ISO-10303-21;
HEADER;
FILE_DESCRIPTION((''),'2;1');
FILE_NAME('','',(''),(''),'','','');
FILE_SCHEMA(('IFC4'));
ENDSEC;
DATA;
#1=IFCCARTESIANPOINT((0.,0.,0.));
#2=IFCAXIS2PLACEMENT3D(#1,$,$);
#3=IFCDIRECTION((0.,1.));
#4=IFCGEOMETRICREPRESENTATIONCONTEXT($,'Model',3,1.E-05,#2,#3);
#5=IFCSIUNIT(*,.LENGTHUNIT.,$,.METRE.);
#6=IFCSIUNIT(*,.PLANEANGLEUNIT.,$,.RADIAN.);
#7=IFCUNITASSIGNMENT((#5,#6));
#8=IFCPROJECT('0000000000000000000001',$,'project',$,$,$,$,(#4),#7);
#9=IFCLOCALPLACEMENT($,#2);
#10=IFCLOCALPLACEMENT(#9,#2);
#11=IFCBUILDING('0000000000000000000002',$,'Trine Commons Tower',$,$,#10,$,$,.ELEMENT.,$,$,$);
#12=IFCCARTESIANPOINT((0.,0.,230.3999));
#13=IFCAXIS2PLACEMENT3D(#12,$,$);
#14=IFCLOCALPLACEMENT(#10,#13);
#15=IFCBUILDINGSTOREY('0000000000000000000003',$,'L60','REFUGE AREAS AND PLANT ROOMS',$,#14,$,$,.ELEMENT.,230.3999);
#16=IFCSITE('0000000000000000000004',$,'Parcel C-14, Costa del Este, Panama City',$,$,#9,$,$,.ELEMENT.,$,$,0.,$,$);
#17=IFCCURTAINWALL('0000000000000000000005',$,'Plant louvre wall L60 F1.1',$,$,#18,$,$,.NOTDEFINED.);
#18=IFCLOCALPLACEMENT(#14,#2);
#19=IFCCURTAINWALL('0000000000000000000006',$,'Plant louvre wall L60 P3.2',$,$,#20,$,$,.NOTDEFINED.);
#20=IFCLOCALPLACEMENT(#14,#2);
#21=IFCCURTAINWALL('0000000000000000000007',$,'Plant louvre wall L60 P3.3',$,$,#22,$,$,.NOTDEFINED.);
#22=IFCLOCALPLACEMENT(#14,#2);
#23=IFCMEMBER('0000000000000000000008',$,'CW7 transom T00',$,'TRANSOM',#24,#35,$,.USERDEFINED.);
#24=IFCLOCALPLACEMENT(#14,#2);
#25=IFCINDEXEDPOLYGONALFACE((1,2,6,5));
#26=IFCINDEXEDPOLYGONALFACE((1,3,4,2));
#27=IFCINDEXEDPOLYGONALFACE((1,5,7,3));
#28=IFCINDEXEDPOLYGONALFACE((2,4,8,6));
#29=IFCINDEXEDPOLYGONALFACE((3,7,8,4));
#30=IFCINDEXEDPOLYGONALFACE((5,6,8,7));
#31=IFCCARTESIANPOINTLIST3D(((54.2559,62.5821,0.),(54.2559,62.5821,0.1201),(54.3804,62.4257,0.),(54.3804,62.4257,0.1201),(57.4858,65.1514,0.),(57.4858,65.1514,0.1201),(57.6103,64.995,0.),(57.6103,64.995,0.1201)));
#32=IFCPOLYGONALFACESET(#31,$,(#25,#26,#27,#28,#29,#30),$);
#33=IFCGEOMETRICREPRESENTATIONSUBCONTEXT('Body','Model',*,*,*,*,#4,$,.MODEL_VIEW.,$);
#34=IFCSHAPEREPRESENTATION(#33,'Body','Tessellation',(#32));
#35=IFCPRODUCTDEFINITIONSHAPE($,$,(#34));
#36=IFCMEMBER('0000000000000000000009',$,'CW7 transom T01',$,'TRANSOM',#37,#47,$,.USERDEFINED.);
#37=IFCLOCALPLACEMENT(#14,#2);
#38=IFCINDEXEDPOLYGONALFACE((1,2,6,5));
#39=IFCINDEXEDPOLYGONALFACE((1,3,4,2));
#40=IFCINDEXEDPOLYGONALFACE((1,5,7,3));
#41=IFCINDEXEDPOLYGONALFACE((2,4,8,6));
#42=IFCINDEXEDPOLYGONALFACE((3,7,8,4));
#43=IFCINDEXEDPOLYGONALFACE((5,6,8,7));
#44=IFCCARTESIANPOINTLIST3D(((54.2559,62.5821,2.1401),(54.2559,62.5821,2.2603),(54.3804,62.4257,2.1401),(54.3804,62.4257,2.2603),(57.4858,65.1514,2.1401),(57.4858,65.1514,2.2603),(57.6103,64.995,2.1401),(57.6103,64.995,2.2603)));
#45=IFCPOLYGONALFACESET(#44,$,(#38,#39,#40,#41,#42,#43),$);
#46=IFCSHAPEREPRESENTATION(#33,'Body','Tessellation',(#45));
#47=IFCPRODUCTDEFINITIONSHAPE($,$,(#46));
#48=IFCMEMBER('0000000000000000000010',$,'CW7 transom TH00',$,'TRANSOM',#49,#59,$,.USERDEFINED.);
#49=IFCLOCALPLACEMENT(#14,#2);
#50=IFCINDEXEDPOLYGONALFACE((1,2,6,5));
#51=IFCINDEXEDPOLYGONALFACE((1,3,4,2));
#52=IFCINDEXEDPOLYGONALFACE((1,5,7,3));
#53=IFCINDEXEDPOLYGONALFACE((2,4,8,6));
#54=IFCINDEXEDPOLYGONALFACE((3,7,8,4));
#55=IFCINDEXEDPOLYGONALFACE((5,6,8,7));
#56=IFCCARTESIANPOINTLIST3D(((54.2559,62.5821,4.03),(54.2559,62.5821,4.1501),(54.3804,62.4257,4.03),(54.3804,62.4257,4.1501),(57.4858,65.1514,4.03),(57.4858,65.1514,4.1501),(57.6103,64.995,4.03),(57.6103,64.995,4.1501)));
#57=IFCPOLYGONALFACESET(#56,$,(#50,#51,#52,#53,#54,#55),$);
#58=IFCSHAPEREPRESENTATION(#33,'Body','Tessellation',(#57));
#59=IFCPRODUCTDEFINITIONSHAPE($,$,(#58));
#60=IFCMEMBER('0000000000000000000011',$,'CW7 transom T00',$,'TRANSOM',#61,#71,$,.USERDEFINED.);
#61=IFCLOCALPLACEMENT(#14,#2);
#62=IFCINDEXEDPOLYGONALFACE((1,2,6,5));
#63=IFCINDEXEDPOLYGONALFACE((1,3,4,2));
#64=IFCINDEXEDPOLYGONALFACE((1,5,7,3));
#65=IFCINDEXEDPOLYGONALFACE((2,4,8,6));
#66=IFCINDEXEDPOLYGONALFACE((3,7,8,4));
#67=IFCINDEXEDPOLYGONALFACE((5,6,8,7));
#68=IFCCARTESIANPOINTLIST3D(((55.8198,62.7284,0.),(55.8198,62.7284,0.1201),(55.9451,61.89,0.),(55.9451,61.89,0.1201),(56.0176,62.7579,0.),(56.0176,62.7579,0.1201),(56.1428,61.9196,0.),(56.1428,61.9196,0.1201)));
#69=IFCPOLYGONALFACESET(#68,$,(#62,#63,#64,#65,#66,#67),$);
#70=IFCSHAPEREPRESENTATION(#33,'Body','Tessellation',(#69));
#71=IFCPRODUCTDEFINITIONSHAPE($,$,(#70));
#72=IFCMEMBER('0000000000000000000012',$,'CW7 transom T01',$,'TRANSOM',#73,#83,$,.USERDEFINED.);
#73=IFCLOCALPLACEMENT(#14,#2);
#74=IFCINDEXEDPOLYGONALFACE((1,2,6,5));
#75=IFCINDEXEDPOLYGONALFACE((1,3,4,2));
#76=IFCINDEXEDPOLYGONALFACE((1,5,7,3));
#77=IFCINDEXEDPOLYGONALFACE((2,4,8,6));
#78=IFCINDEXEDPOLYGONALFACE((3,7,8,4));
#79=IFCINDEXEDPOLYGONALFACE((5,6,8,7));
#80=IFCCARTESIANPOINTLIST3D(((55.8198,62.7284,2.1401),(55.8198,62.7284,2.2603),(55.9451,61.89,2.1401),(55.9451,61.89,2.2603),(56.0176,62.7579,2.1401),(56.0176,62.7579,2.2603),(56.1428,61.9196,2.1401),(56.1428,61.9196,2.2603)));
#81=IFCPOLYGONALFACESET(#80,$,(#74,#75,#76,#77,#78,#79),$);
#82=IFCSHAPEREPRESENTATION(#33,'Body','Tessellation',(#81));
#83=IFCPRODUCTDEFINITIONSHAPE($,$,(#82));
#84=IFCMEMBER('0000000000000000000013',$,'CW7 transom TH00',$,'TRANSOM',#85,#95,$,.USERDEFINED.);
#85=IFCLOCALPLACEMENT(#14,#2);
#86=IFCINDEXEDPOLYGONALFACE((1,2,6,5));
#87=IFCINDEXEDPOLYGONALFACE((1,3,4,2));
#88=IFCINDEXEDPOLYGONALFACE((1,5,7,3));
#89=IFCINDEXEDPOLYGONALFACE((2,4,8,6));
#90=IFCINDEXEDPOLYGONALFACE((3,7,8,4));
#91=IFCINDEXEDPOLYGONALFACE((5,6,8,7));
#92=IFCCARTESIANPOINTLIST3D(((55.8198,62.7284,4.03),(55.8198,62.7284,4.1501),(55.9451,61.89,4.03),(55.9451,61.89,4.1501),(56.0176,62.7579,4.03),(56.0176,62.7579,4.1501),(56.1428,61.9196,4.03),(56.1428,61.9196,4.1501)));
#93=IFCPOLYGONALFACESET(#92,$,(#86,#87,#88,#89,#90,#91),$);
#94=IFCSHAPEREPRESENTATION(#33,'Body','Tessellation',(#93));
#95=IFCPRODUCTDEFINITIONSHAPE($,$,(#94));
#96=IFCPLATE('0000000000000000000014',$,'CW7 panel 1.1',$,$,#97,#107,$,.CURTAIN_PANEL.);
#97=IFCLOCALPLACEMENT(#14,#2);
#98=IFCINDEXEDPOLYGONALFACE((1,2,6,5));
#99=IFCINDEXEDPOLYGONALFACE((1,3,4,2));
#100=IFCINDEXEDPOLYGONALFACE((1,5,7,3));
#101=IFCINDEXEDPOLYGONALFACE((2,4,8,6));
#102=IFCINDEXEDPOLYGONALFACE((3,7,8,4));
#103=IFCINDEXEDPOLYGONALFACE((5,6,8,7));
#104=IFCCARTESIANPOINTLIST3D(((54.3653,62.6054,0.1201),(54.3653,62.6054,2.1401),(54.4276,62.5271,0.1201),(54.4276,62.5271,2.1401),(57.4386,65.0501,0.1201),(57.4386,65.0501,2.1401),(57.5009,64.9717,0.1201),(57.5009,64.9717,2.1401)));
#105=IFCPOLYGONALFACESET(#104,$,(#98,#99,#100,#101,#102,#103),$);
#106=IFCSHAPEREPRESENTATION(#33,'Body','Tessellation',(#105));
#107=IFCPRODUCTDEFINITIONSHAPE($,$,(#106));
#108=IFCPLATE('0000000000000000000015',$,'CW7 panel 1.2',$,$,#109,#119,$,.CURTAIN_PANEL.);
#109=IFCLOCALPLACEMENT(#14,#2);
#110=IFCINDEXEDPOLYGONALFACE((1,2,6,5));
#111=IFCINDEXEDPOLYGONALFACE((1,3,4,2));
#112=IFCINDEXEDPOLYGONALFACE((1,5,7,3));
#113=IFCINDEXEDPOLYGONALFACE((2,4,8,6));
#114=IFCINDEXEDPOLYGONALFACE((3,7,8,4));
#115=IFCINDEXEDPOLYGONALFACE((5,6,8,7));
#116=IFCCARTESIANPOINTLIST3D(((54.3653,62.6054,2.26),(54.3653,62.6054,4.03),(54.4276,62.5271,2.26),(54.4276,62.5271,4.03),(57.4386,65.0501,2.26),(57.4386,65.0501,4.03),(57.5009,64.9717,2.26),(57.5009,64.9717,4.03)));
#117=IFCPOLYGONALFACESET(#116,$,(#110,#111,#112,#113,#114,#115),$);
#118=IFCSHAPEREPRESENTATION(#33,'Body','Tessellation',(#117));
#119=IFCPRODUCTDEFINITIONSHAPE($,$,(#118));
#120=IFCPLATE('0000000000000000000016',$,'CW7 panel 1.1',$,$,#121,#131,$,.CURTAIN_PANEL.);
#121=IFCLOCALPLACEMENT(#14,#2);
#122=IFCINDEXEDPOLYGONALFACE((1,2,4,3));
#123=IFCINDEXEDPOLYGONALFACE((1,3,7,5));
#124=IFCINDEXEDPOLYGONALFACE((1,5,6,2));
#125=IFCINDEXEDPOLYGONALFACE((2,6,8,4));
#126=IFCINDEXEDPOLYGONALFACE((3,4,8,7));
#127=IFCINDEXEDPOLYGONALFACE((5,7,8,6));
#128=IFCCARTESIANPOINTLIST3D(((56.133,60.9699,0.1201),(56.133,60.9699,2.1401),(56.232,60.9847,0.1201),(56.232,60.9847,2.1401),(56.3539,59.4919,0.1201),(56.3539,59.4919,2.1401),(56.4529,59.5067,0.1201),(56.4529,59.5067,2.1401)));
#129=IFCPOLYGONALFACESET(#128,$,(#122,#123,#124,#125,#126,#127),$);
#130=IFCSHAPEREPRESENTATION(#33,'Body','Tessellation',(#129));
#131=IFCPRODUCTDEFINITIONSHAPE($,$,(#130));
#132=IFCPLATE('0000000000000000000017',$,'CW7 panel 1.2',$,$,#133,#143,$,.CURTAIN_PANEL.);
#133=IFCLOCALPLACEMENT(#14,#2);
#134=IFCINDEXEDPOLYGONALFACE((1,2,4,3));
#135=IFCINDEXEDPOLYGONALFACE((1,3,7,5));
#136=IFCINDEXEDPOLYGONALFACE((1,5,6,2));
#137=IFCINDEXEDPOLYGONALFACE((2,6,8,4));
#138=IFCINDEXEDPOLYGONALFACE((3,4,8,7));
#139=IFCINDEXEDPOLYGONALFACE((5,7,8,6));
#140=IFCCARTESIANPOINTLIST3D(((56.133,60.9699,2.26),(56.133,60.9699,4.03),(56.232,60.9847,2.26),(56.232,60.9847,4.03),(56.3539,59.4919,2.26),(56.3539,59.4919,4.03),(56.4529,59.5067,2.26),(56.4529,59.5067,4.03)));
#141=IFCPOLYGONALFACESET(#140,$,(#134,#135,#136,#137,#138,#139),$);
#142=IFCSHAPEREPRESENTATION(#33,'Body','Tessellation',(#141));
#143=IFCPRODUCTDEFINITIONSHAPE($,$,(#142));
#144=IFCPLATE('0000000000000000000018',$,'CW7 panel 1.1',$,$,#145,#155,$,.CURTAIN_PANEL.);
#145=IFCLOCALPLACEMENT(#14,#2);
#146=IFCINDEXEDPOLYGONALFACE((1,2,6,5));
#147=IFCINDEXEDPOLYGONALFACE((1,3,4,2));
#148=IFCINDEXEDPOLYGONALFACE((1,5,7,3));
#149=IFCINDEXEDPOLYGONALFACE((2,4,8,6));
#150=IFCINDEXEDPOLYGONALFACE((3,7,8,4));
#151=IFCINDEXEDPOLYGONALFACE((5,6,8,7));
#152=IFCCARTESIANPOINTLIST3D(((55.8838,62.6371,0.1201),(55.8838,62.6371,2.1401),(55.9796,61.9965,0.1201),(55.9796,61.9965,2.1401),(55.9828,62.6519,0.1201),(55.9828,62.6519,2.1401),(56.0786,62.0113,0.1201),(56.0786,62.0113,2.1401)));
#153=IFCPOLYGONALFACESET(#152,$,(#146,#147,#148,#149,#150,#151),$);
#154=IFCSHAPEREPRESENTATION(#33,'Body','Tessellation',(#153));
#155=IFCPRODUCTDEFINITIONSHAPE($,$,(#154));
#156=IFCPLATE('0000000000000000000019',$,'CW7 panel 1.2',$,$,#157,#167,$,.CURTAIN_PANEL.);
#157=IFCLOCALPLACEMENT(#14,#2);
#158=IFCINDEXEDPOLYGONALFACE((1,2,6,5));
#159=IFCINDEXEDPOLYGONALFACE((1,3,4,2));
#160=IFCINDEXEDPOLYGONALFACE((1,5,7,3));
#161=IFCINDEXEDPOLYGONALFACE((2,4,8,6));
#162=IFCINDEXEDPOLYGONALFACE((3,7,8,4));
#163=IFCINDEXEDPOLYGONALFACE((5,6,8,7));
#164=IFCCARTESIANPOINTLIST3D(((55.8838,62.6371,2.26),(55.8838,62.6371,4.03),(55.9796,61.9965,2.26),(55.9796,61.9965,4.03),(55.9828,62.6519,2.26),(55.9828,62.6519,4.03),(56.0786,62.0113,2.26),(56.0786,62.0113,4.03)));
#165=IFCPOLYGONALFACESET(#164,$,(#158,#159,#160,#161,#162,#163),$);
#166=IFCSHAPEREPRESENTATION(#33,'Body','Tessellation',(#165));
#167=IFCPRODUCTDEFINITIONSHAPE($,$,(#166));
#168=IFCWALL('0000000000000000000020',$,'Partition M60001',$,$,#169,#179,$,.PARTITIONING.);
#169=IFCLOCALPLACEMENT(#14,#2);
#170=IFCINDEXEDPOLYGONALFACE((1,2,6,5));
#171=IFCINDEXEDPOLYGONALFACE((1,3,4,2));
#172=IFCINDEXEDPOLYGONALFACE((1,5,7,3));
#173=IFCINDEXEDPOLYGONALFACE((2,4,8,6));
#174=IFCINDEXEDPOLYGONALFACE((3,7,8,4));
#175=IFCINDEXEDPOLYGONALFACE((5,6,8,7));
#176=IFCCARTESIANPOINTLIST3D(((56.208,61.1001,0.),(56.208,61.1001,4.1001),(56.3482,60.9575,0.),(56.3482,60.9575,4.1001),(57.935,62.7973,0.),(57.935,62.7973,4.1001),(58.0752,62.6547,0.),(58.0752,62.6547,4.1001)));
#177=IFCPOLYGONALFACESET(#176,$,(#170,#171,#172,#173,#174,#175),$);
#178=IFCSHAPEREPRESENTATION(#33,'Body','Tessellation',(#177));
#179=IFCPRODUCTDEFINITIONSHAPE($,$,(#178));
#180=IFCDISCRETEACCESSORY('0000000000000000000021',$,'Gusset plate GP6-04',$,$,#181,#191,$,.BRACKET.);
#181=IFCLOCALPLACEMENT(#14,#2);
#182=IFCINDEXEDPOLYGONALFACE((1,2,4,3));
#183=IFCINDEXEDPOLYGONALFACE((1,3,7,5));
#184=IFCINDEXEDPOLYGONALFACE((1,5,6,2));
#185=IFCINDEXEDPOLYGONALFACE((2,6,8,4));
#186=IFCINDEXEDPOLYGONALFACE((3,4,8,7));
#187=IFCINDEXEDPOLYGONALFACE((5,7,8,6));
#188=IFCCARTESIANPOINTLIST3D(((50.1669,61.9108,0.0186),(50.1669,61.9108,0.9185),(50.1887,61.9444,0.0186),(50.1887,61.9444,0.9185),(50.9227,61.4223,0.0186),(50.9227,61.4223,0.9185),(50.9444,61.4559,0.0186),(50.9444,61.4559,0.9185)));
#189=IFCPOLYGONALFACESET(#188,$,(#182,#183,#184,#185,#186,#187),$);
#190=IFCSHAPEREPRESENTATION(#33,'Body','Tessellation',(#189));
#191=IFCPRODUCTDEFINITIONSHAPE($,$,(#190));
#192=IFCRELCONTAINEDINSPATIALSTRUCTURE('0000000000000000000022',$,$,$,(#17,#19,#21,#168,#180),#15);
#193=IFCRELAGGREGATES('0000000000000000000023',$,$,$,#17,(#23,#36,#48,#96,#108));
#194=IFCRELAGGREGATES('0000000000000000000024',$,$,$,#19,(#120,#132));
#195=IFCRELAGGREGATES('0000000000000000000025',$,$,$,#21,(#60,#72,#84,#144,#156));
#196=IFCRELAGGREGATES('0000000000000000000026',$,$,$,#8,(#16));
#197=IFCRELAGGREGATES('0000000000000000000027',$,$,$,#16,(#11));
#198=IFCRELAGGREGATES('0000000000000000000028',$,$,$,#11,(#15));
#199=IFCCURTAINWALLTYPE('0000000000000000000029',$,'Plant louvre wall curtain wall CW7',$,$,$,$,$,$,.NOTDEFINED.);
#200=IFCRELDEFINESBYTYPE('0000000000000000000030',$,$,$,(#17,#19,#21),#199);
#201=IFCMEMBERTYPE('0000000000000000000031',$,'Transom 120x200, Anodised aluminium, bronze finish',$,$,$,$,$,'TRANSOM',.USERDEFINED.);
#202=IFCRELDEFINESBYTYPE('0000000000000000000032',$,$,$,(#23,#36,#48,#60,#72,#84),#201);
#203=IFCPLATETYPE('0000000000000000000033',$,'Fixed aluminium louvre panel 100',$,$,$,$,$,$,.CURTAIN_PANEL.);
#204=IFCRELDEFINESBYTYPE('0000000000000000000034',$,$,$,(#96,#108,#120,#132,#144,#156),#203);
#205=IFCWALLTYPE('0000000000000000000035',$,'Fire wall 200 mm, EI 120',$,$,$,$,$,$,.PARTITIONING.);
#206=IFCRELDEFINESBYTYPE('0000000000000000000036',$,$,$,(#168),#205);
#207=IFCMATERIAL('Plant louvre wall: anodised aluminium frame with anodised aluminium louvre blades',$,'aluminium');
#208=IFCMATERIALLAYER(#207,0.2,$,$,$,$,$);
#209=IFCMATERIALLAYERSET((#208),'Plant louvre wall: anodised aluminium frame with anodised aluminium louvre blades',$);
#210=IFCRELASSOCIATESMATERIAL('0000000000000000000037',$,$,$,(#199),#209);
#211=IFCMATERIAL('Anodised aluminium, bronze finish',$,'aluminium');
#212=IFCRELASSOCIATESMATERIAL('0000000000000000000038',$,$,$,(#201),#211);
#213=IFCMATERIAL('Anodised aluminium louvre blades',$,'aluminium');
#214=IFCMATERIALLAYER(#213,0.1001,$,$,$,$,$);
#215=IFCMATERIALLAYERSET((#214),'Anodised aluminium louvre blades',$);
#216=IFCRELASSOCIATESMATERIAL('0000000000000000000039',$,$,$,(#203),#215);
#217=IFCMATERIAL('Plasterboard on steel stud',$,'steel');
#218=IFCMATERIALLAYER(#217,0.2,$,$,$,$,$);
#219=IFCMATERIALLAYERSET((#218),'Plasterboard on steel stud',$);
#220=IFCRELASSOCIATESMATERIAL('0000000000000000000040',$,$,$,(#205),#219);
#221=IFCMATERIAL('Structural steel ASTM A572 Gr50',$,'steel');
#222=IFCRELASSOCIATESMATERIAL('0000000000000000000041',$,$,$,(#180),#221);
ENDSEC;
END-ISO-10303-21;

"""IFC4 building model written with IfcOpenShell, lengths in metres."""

from ifc_helpers import new_model, si_unit, direction, frame, frame_2d, origin, origin_2d, place, context, subcontext, project, spatial, rectangle, extrude, material, layer, layer_set, material_profile, profile_set, type_object, element, aggregate, save


model = new_model("IFC4")

# Units and contexts
model_context = context("Model", 3, precision=1e-05, world=origin(), true_north=direction((0.0, 1.0)))
body_context = subcontext(model_context, "Body", "Model", "MODEL_VIEW")
ifc_project = project(units=[si_unit("LENGTHUNIT", "METRE"), si_unit("PLANEANGLEUNIT", "RADIAN")], contexts=[model_context])

# Site, building, storey
site_placement = place(None, origin())
site = spatial("IfcSite", under=ifc_project, at=site_placement, Name="Parcel C-14, Costa del Este, Panama City", CompositionType="ELEMENT", RefElevation=0.0)
building_placement = place(site_placement, origin())
building = spatial("IfcBuilding", under=site, at=building_placement, Name="Trine Commons Tower", CompositionType="ELEMENT")
storey_placement = place(building_placement, frame((0.0, 0.0, 230.3999)))
storey = spatial("IfcBuildingStorey", under=building, at=storey_placement, Name="L60", Description="REFUGE AREAS AND PLANT ROOMS", CompositionType="ELEMENT", Elevation=230.3999)

# Curtain walls
ifc_material_1 = material(Name="Plant louvre wall: anodised aluminium frame with anodised aluminium louvre blades", Category="aluminium")
ifc_layer_1 = layer(ifc_material_1, 0.2)
ifc_layer_set_1 = layer_set([ifc_layer_1], Name="Plant louvre wall: anodised aluminium frame with anodised aluminium louvre blades")
curtain_wall_type = type_object("IfcCurtainWallType", Name="Plant louvre wall curtain wall CW7", PredefinedType="NOTDEFINED", material=ifc_layer_set_1)
curtain_wall_1_placement = place(storey_placement, origin())
curtain_wall_1 = element("IfcCurtainWall", 1, at=curtain_wall_1_placement, inside=storey, type_object=curtain_wall_type, Name="Plant louvre wall L60 F1.1", PredefinedType="NOTDEFINED")
ifc_material_2 = material(Name="Anodised aluminium, bronze finish", Category="aluminium")
curtain_wall_2_placement = place(storey_placement, origin())
curtain_wall_2 = element("IfcCurtainWall", 2, at=curtain_wall_2_placement, inside=storey, type_object=curtain_wall_type, Name="Plant louvre wall L60 P3.2", PredefinedType="NOTDEFINED")
curtain_wall_3_placement = place(storey_placement, origin())
curtain_wall_3 = element("IfcCurtainWall", 3, at=curtain_wall_3_placement, inside=storey, type_object=curtain_wall_type, Name="Plant louvre wall L60 P3.3", PredefinedType="NOTDEFINED")

# Members
ifc_material_profile_1 = material_profile(ifc_material_2, rectangle(XDim=0.2, YDim=0.1201, at=origin_2d()), Name="Transom 120x200")
ifc_profile_set_1 = profile_set([ifc_material_profile_1], Name="Anodised aluminium, bronze finish")
member_type_1 = type_object("IfcMemberType", Name="Transom 120x200, Anodised aluminium, bronze finish", ElementType="TRANSOM", PredefinedType="USERDEFINED", material=ifc_profile_set_1)
member_1_placement = place(storey_placement, frame((54.3181, 62.5039, 0.0601), z_axis=(0.782597, 0.622529, 0.0), x_axis=(-0.622529, 0.782597, 0.0)))
member_1 = element("IfcMember", 4, at=member_1_placement, type_object=member_type_1, Name="CW7 transom T00", ObjectType="TRANSOM", PredefinedType="USERDEFINED", context=body_context, shape_type="SweptSolid", body=[
    extrude(rectangle(XDim=0.2, YDim=0.1201, at=origin_2d()), origin(), (0.0, 0.0, 1.0), 4.1272),
])
member_2_placement = place(storey_placement, frame((54.3181, 62.5039, 2.2002), z_axis=(0.782597, 0.622529, 0.0), x_axis=(-0.622529, 0.782597, 0.0)))
member_2 = element("IfcMember", 5, at=member_2_placement, type_object=member_type_1, Name="CW7 transom T01", ObjectType="TRANSOM", PredefinedType="USERDEFINED", context=body_context, shape_type="SweptSolid", body=[
    extrude(rectangle(XDim=0.2, YDim=0.1201, at=origin_2d()), origin(), (0.0, 0.0, 1.0), 4.1272),
])
member_3_placement = place(storey_placement, frame((54.3181, 62.5039, 4.0901), z_axis=(0.782597, 0.622529, 0.0), x_axis=(-0.622529, 0.782597, 0.0)))
member_3 = element("IfcMember", 6, at=member_3_placement, type_object=member_type_1, Name="CW7 transom TH00", ObjectType="TRANSOM", PredefinedType="USERDEFINED", context=body_context, shape_type="SweptSolid", body=[
    extrude(rectangle(XDim=0.2, YDim=0.1201, at=origin_2d()), origin(), (0.0, 0.0, 1.0), 4.1272),
])
member_4_placement = place(storey_placement, frame((56.0439, 61.9048, 0.0601), z_axis=(-0.147749, 0.989025, 0.0), x_axis=(-0.989025, -0.147749, 0.0)))
member_4 = element("IfcMember", 7, at=member_4_placement, type_object=member_type_1, Name="CW7 transom T00", ObjectType="TRANSOM", PredefinedType="USERDEFINED", context=body_context, shape_type="SweptSolid", body=[
    extrude(rectangle(XDim=0.2, YDim=0.1201, at=origin_2d()), origin(), (0.0, 0.0, 1.0), 0.8477),
])
member_5_placement = place(storey_placement, frame((56.0439, 61.9048, 2.2002), z_axis=(-0.147749, 0.989025, 0.0), x_axis=(-0.989025, -0.147749, 0.0)))
member_5 = element("IfcMember", 8, at=member_5_placement, type_object=member_type_1, Name="CW7 transom T01", ObjectType="TRANSOM", PredefinedType="USERDEFINED", context=body_context, shape_type="SweptSolid", body=[
    extrude(rectangle(XDim=0.2, YDim=0.1201, at=origin_2d()), origin(), (0.0, 0.0, 1.0), 0.8477),
])
member_6_placement = place(storey_placement, frame((56.0439, 61.9048, 4.0901), z_axis=(-0.147749, 0.989025, 0.0), x_axis=(-0.989025, -0.147749, 0.0)))
member_6 = element("IfcMember", 9, at=member_6_placement, type_object=member_type_1, Name="CW7 transom TH00", ObjectType="TRANSOM", PredefinedType="USERDEFINED", context=body_context, shape_type="SweptSolid", body=[
    extrude(rectangle(XDim=0.2, YDim=0.1201, at=origin_2d()), origin(), (0.0, 0.0, 1.0), 0.8477),
])

# Plates
ifc_material_3 = material(Name="Anodised aluminium louvre blades", Category="aluminium")
ifc_layer_2 = layer(ifc_material_3, 0.1001)
ifc_layer_set_2 = layer_set([ifc_layer_2], Name="Anodised aluminium louvre blades")
plate_type = type_object("IfcPlateType", Name="Fixed aluminium louvre panel 100", PredefinedType="CURTAIN_PANEL", material=ifc_layer_set_2)
plate_1_placement = place(storey_placement, frame((55.9331, 63.7886, 0.1201), z_axis=(0.0, 0.0, 1.0), x_axis=(0.782608, 0.622515, 0.0)))
plate_1 = element("IfcPlate", 10, at=plate_1_placement, type_object=plate_type, Name="CW7 panel 1.1", PredefinedType="CURTAIN_PANEL", context=body_context, shape_type="SweptSolid", body=[
    extrude(rectangle(XDim=3.927, YDim=0.1001, at=origin_2d()), origin(), (0.0, 0.0, 1.0), 2.02),
])
plate_2_placement = place(storey_placement, frame((55.9331, 63.7886, 2.26), z_axis=(0.0, 0.0, 1.0), x_axis=(0.782608, 0.622515, 0.0)))
plate_2 = element("IfcPlate", 11, at=plate_2_placement, type_object=plate_type, Name="CW7 panel 1.2", PredefinedType="CURTAIN_PANEL", context=body_context, shape_type="SweptSolid", body=[
    extrude(rectangle(XDim=3.927, YDim=0.1001, at=origin_2d()), origin(), (0.0, 0.0, 1.0), 1.77),
])
aggregate(curtain_wall_1, [member_1, member_2, member_3, plate_1, plate_2])
plate_3_placement = place(storey_placement, frame((56.293, 60.2383, 0.1201), z_axis=(0.0, 0.0, 1.0), x_axis=(-0.147809, 0.989016, 0.0)))
plate_3 = element("IfcPlate", 12, at=plate_3_placement, type_object=plate_type, Name="CW7 panel 1.1", PredefinedType="CURTAIN_PANEL", context=body_context, shape_type="SweptSolid", body=[
    extrude(rectangle(XDim=1.4944, YDim=0.1001, at=origin_2d()), origin(), (0.0, 0.0, 1.0), 2.02),
])
plate_4_placement = place(storey_placement, frame((56.293, 60.2383, 2.26), z_axis=(0.0, 0.0, 1.0), x_axis=(-0.147809, 0.989016, 0.0)))
plate_4 = element("IfcPlate", 13, at=plate_4_placement, type_object=plate_type, Name="CW7 panel 1.2", PredefinedType="CURTAIN_PANEL", context=body_context, shape_type="SweptSolid", body=[
    extrude(rectangle(XDim=1.4944, YDim=0.1001, at=origin_2d()), origin(), (0.0, 0.0, 1.0), 1.77),
])
aggregate(curtain_wall_2, [plate_3, plate_4])
plate_5_placement = place(storey_placement, frame((55.9812, 62.3242, 0.1201), z_axis=(0.0, 0.0, 1.0), x_axis=(-0.147809, 0.989016, 0.0)))
plate_5 = element("IfcPlate", 14, at=plate_5_placement, type_object=plate_type, Name="CW7 panel 1.1", PredefinedType="CURTAIN_PANEL", context=body_context, shape_type="SweptSolid", body=[
    extrude(rectangle(XDim=0.6477, YDim=0.1001, at=origin_2d()), origin(), (0.0, 0.0, 1.0), 2.02),
])
plate_6_placement = place(storey_placement, frame((55.9812, 62.3242, 2.26), z_axis=(0.0, 0.0, 1.0), x_axis=(-0.147809, 0.989016, 0.0)))
plate_6 = element("IfcPlate", 15, at=plate_6_placement, type_object=plate_type, Name="CW7 panel 1.2", PredefinedType="CURTAIN_PANEL", context=body_context, shape_type="SweptSolid", body=[
    extrude(rectangle(XDim=0.6477, YDim=0.1001, at=origin_2d()), origin(), (0.0, 0.0, 1.0), 1.77),
])
aggregate(curtain_wall_3, [member_4, member_5, member_6, plate_5, plate_6])

# Wall
ifc_material_4 = material(Name="Plasterboard on steel stud", Category="steel")
ifc_layer_3 = layer(ifc_material_4, 0.2)
ifc_layer_set_3 = layer_set([ifc_layer_3], Name="Plasterboard on steel stud")
wall_type_1 = type_object("IfcWallType", Name="Fire wall 200 mm, EI 120", PredefinedType="PARTITIONING", material=ifc_layer_set_3)
wall_1_placement = place(storey_placement, frame((56.2781, 61.0288, 0.0), z_axis=(0.0, 0.0, 1.0), x_axis=(0.71323, 0.70093, 0.0)))
element("IfcWall", 16, at=wall_1_placement, inside=storey, type_object=wall_type_1, Name="Partition M60001", PredefinedType="PARTITIONING", context=body_context, shape_type="SweptSolid", body=[
    extrude(rectangle(XDim=2.4214, YDim=0.2, at=frame_2d((1.2107, 0.0))), origin(), (0.0, 0.0, 1.0), 4.1001),
])

# Discrete accessory
ifc_material_5 = material(Name="Structural steel ASTM A572 Gr50", Category="steel")
for number, where, z_axis, x_axis, name in (
    (17, (50.5557, 61.6833, 0.0186), (0.0, 0.0, 1.0), (0.839809, -0.542881, 0.0), "Gusset plate GP6-04"),
):
    element("IfcDiscreteAccessory", number, at=place(storey_placement, frame(where, z_axis=z_axis, x_axis=x_axis)), inside=storey, material=ifc_material_5, Name=name, PredefinedType="BRACKET", context=body_context, shape_type="SweptSolid", body=[
        extrude(rectangle(XDim=0.8999, YDim=0.04, at=origin_2d()), origin(), (0.0, 0.0, 1.0), 0.8999),
    ])

save(model, "model.ifc")
